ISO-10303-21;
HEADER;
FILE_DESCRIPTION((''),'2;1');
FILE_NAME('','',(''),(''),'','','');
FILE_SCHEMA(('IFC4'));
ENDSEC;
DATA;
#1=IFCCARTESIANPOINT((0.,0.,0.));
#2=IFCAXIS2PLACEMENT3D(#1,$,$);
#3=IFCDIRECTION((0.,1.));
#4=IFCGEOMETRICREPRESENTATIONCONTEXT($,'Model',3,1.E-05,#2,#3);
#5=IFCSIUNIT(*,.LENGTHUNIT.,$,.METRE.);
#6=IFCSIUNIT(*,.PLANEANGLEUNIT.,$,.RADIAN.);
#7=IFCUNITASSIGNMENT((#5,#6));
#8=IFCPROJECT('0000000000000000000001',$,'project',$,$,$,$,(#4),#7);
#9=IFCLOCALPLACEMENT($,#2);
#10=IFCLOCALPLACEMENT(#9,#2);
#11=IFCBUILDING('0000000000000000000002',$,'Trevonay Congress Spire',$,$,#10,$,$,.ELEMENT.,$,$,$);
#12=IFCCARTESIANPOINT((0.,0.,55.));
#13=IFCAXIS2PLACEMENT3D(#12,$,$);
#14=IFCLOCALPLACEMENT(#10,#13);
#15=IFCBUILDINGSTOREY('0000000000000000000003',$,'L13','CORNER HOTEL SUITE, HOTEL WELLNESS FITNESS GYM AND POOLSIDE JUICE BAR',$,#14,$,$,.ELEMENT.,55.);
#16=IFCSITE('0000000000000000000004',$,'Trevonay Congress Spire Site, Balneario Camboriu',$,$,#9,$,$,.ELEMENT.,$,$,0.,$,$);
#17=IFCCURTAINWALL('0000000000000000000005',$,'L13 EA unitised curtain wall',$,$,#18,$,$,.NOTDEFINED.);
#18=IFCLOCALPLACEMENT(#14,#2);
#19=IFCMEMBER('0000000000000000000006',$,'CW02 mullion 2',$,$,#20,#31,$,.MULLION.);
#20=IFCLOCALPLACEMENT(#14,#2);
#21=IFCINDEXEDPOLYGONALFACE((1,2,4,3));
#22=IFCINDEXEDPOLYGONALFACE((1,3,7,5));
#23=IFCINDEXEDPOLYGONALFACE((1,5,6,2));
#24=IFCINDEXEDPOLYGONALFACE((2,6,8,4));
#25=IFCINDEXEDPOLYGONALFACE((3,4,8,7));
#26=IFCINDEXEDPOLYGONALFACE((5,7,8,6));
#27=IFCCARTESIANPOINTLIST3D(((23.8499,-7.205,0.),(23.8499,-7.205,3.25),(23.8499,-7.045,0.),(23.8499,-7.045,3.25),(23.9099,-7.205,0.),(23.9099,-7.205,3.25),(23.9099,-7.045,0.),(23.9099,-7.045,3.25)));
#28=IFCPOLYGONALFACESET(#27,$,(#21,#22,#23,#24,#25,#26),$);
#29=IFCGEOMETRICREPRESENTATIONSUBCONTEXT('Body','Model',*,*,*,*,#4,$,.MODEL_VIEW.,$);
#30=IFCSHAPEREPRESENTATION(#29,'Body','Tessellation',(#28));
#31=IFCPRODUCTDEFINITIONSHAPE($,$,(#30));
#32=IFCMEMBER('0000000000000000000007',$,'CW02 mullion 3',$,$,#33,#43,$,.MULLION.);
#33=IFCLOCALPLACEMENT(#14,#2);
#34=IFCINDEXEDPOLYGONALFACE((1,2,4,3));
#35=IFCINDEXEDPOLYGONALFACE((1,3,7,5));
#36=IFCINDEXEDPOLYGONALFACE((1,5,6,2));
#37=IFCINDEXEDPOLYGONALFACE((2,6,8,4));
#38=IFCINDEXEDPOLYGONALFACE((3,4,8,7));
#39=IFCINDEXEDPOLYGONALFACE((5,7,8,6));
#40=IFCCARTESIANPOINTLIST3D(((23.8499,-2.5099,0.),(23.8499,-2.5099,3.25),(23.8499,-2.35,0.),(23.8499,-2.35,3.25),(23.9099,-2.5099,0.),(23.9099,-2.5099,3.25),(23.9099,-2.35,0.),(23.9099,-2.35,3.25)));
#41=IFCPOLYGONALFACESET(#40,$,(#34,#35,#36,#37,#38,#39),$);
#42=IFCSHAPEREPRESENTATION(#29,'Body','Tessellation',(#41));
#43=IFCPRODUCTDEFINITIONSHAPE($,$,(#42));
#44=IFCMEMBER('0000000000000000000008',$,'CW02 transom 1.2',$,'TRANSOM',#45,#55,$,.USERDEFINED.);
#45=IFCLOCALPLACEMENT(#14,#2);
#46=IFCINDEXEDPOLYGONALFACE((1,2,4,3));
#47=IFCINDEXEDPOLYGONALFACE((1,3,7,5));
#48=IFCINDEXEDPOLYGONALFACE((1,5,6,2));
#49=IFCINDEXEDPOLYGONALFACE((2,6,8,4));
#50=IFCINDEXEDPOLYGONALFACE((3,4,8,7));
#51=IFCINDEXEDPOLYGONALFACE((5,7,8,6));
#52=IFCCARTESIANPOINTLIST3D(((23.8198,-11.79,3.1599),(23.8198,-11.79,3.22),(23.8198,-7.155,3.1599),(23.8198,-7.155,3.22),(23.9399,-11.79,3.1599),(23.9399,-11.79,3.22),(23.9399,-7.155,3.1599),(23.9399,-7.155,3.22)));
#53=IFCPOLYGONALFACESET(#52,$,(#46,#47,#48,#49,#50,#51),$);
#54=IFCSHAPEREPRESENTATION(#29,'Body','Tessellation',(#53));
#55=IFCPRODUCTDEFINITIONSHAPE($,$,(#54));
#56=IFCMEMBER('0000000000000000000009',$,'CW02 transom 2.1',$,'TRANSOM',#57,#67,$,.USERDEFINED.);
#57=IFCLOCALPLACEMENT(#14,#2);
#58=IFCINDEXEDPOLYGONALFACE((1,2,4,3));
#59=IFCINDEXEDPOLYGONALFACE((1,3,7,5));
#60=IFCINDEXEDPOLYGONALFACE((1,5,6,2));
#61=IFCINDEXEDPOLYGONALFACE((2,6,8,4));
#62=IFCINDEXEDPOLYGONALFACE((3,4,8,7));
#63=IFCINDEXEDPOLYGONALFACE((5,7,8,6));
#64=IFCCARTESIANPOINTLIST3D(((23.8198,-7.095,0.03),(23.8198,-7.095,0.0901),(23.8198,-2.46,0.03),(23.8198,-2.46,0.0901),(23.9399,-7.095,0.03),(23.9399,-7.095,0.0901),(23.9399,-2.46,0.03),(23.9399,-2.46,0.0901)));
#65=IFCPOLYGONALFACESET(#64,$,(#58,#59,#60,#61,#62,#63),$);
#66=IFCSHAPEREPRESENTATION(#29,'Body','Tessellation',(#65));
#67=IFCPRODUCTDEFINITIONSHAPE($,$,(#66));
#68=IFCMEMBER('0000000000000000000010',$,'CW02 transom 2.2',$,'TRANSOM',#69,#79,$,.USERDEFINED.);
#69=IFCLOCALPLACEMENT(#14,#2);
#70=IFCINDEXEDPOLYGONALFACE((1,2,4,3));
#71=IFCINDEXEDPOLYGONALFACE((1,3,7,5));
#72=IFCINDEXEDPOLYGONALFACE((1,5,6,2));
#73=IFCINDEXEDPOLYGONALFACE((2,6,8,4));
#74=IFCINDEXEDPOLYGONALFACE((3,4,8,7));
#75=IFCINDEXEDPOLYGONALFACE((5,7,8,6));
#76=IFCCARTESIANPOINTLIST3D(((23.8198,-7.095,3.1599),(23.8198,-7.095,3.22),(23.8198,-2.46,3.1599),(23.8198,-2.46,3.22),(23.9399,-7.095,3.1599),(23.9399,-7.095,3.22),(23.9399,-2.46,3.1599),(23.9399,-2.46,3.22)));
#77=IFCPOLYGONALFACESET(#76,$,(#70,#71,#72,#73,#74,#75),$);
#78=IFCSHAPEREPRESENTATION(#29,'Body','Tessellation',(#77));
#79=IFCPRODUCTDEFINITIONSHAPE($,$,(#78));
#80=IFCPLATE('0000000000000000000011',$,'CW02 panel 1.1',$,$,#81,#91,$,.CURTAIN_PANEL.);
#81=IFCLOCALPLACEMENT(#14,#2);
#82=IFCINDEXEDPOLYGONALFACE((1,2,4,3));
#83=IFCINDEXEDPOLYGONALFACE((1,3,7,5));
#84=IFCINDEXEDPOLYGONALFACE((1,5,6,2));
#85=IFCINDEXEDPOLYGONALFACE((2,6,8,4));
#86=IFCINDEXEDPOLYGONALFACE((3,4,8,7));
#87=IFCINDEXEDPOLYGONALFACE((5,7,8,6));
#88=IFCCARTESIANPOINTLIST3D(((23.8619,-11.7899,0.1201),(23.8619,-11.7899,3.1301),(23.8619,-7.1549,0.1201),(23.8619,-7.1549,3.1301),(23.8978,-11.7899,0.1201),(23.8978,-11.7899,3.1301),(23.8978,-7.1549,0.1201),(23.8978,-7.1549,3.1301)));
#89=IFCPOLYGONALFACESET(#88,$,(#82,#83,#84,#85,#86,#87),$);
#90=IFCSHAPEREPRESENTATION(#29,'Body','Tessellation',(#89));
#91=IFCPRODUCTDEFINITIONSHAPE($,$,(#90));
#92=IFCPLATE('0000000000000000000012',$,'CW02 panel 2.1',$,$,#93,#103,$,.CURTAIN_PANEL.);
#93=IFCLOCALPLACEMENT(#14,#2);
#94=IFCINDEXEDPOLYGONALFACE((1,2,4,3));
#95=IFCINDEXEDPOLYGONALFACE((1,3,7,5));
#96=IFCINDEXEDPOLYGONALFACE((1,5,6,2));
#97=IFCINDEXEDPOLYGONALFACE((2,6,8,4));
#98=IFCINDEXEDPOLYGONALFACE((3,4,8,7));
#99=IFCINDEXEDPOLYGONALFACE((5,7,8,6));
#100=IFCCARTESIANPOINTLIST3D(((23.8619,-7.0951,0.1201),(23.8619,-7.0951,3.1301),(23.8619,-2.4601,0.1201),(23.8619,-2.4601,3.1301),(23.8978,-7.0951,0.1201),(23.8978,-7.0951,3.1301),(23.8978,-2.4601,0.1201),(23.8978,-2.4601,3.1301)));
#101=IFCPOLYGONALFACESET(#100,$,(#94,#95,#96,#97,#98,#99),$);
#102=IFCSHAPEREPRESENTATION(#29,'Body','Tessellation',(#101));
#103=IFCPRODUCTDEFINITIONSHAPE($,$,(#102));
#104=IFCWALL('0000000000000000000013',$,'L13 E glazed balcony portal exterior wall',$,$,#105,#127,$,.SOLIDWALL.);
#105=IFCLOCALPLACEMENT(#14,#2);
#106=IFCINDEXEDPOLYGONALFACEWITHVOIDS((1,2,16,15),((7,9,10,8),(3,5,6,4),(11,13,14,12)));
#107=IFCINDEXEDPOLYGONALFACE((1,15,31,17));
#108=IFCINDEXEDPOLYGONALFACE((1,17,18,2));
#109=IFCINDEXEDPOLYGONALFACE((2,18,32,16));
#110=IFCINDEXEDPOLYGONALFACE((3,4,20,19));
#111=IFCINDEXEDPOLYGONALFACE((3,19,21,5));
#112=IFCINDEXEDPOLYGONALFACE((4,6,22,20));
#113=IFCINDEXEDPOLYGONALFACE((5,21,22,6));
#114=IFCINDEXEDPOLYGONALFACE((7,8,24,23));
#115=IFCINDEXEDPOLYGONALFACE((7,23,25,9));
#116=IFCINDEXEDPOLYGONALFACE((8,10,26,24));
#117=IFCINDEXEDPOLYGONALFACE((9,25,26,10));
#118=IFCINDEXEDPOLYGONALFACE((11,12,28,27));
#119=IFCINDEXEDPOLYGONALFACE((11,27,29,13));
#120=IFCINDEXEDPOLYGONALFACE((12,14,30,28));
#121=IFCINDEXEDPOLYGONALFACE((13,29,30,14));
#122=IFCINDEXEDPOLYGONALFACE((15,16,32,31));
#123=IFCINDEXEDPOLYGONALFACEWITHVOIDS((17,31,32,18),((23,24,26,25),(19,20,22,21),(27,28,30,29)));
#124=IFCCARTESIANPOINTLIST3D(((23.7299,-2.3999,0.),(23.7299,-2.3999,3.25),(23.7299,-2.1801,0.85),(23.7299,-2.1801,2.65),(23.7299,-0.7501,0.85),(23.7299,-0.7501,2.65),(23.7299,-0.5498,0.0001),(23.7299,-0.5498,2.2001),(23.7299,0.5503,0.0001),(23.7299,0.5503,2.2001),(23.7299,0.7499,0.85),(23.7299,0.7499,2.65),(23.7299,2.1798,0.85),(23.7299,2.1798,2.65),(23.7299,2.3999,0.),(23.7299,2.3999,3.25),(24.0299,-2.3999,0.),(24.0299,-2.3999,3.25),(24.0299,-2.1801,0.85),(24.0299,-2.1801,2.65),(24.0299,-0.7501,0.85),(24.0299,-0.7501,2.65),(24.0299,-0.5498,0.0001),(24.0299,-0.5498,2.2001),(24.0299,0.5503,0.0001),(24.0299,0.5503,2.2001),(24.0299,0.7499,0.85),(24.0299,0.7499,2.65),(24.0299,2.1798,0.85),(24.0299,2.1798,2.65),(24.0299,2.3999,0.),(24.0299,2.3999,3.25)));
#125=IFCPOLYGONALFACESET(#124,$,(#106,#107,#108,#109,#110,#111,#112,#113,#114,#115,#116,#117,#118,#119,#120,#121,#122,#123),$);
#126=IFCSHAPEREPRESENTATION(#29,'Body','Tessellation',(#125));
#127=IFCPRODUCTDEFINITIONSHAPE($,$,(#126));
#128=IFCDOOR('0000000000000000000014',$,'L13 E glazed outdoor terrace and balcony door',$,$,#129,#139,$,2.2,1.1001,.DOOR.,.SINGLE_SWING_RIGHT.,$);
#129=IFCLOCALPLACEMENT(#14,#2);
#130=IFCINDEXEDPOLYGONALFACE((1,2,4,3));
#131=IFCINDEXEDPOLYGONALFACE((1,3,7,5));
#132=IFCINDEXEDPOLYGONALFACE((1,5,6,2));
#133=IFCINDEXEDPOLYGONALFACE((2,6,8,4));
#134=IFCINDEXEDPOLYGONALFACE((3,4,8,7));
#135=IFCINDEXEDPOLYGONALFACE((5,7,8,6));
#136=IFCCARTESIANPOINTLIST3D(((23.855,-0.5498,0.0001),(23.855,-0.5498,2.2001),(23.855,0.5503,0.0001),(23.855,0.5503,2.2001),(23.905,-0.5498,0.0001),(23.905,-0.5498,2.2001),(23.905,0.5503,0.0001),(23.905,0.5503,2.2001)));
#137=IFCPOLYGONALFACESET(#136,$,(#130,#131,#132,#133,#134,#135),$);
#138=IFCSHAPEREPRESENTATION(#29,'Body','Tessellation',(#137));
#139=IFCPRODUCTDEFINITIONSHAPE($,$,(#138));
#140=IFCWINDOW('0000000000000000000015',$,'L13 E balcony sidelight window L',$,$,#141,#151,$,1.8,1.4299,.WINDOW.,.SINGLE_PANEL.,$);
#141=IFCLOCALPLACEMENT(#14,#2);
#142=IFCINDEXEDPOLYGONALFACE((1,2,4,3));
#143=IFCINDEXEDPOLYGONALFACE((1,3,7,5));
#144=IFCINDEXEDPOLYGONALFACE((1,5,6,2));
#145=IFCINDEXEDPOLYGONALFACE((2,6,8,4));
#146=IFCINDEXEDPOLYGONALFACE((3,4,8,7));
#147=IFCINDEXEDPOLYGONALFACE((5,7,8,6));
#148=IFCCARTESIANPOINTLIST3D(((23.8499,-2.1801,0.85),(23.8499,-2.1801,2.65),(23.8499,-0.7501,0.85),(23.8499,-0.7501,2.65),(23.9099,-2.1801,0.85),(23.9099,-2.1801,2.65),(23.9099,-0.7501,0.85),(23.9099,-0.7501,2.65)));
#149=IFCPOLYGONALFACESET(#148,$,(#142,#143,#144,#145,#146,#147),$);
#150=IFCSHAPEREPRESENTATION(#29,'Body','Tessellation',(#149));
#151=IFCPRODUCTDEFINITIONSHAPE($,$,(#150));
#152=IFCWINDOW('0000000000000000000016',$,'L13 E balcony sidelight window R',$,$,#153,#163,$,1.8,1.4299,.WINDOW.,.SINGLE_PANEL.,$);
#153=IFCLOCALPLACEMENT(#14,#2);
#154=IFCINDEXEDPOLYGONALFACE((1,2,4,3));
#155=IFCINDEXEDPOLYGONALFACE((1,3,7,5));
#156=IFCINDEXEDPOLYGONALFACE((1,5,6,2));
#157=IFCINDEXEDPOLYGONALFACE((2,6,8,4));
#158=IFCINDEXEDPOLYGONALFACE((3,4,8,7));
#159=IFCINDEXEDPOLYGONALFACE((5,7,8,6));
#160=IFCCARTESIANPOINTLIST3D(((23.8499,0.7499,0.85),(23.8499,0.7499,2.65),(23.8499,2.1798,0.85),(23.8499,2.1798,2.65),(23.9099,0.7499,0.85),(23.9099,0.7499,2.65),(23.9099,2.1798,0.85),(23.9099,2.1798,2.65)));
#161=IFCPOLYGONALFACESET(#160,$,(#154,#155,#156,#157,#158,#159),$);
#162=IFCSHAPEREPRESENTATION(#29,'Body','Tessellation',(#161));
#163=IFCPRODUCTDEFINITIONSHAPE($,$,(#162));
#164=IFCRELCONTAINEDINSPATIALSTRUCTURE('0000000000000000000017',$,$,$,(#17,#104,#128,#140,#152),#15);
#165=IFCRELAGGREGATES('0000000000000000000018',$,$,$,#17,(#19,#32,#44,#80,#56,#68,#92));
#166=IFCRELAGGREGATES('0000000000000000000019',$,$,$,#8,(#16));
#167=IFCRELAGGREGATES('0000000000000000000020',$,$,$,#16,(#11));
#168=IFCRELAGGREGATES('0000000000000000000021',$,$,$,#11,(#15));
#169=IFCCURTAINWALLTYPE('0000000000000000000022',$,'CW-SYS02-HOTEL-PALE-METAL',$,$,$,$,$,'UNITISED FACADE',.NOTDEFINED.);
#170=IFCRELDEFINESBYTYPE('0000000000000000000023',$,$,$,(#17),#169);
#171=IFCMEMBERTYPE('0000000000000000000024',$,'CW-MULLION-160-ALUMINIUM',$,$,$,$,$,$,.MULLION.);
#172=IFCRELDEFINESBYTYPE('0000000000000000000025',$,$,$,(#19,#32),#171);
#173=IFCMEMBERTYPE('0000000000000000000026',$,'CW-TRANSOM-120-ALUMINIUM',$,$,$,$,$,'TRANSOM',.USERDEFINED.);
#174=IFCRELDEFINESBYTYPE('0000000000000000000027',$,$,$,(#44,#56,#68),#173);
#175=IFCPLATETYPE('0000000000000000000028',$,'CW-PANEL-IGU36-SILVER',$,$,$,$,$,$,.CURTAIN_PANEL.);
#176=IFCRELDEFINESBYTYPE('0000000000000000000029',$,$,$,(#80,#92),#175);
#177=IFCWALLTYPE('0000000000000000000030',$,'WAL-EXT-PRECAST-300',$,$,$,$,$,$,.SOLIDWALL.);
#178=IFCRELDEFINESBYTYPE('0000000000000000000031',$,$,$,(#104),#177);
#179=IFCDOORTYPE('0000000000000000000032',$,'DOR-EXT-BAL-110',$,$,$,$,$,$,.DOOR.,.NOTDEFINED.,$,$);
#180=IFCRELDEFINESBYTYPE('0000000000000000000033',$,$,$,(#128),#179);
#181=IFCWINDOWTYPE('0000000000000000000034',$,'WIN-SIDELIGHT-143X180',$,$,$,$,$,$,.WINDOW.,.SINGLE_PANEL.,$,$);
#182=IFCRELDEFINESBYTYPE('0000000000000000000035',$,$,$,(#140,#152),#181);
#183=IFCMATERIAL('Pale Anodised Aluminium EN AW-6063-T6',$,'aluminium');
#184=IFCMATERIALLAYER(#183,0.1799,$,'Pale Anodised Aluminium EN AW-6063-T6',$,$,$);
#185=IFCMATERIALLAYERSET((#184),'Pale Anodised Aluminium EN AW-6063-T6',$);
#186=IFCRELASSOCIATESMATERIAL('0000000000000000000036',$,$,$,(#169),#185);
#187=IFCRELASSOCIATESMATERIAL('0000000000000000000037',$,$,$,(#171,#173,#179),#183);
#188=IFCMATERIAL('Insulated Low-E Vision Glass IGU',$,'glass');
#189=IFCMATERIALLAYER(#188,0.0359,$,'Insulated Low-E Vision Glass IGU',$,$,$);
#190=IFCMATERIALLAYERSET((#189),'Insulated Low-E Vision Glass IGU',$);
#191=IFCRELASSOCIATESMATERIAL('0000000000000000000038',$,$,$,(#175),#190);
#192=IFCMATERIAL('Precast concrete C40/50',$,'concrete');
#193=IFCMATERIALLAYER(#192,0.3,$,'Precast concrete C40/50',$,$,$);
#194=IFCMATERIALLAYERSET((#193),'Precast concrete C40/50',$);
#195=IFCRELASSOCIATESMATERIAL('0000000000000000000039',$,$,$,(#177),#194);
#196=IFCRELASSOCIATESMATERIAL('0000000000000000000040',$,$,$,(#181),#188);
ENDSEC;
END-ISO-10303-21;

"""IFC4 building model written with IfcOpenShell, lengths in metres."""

from ifc_helpers import new_model, si_unit, direction, frame, frame_2d, origin, origin_2d, place, context, subcontext, project, spatial, rectangle, extrude, material, layer, layer_set, material_profile, profile_set, type_object, element, fill, aggregate, save


model = new_model("IFC4")

# Units and contexts
model_context = context("Model", 3, precision=1e-05, world=origin(), true_north=direction((0.0, 1.0)))
body_context = subcontext(model_context, "Body", "Model", "MODEL_VIEW")
ifc_project = project(units=[si_unit("LENGTHUNIT", "METRE"), si_unit("PLANEANGLEUNIT", "RADIAN")], contexts=[model_context])

# Site, building, storey
site_placement = place(None, origin())
site = spatial("IfcSite", under=ifc_project, at=site_placement, Name="Trevonay Congress Spire Site, Balneario Camboriu", CompositionType="ELEMENT", RefElevation=0.0)
building_placement = place(site_placement, origin())
building = spatial("IfcBuilding", under=site, at=building_placement, Name="Trevonay Congress Spire", CompositionType="ELEMENT")
storey_placement = place(building_placement, frame((0.0, 0.0, 55.0)))
storey = spatial("IfcBuildingStorey", under=building, at=storey_placement, Name="L13", Description="CORNER HOTEL SUITE, HOTEL WELLNESS FITNESS GYM AND POOLSIDE JUICE BAR", CompositionType="ELEMENT", Elevation=55.0)

# Curtain wall, members, plates
ifc_material_1 = material(Name="Pale Anodised Aluminium EN AW-6063-T6", Category="aluminium")
ifc_layer_1 = layer(ifc_material_1, 0.1799, Name="Pale Anodised Aluminium EN AW-6063-T6")
ifc_layer_set_1 = layer_set([ifc_layer_1], Name="Pale Anodised Aluminium EN AW-6063-T6")
curtain_wall_type = type_object("IfcCurtainWallType", Name="CW-SYS02-HOTEL-PALE-METAL", ElementType="UNITISED FACADE", PredefinedType="NOTDEFINED", material=ifc_layer_set_1)
curtain_wall_placement = place(storey_placement, origin())
curtain_wall = element("IfcCurtainWall", 1, at=curtain_wall_placement, inside=storey, type_object=curtain_wall_type, Name="L13 EA unitised curtain wall", PredefinedType="NOTDEFINED")
ifc_material_profile_1 = material_profile(ifc_material_1, rectangle(XDim=0.0601, YDim=0.1599, at=origin_2d()), Name="CW-MULLION-160-ALUMINIUM")
ifc_profile_set_1 = profile_set([ifc_material_profile_1], Name="Pale Anodised Aluminium EN AW-6063-T6")
member_type_1 = type_object("IfcMemberType", Name="CW-MULLION-160-ALUMINIUM", PredefinedType="MULLION", material=ifc_profile_set_1)
member_1_placement = place(storey_placement, frame((23.8799, -7.125, 0.0), z_axis=(0.0, 0.0, 1.0), x_axis=(-1.0, 0.0, 0.0)))
member_1 = element("IfcMember", 2, at=member_1_placement, type_object=member_type_1, Name="CW02 mullion 2", PredefinedType="MULLION", context=body_context, shape_type="SweptSolid", body=[
    extrude(rectangle(XDim=0.0601, YDim=0.1599, at=origin_2d()), origin(), (0.0, 0.0, 1.0), 3.25),
])
member_2_placement = place(storey_placement, frame((23.8799, -2.4299, 0.0), z_axis=(0.0, 0.0, 1.0), x_axis=(-1.0, 0.0, 0.0)))
member_2 = element("IfcMember", 3, at=member_2_placement, type_object=member_type_1, Name="CW02 mullion 3", PredefinedType="MULLION", context=body_context, shape_type="SweptSolid", body=[
    extrude(rectangle(XDim=0.0601, YDim=0.1599, at=origin_2d()), origin(), (0.0, 0.0, 1.0), 3.25),
])
ifc_material_profile_2 = material_profile(ifc_material_1, rectangle(XDim=0.1201, YDim=0.0601, at=origin_2d()), Name="CW-TRANSOM-120-ALUMINIUM")
ifc_profile_set_2 = profile_set([ifc_material_profile_2], Name="Pale Anodised Aluminium EN AW-6063-T6")
member_type_2 = type_object("IfcMemberType", Name="CW-TRANSOM-120-ALUMINIUM", ElementType="TRANSOM", PredefinedType="USERDEFINED", material=ifc_profile_set_2)
member_3_placement = place(storey_placement, frame((23.8799, -11.79, 3.1899), z_axis=(0.0, 1.0, 0.0), x_axis=(-1.0, 0.0, 0.0)))
member_3 = element("IfcMember", 4, at=member_3_placement, type_object=member_type_2, Name="CW02 transom 1.2", ObjectType="TRANSOM", PredefinedType="USERDEFINED", context=body_context, shape_type="SweptSolid", body=[
    extrude(rectangle(XDim=0.1201, YDim=0.0601, at=origin_2d()), origin(), (0.0, 0.0, 1.0), 4.635),
])
member_4_placement = place(storey_placement, frame((23.8799, -7.095, 0.0601), z_axis=(0.0, 1.0, 0.0), x_axis=(-1.0, 0.0, 0.0)))
member_4 = element("IfcMember", 5, at=member_4_placement, type_object=member_type_2, Name="CW02 transom 2.1", ObjectType="TRANSOM", PredefinedType="USERDEFINED", context=body_context, shape_type="SweptSolid", body=[
    extrude(rectangle(XDim=0.1201, YDim=0.0601, at=origin_2d()), origin(), (0.0, 0.0, 1.0), 4.635),
])
member_5_placement = place(storey_placement, frame((23.8799, -7.095, 3.1899), z_axis=(0.0, 1.0, 0.0), x_axis=(-1.0, 0.0, 0.0)))
member_5 = element("IfcMember", 6, at=member_5_placement, type_object=member_type_2, Name="CW02 transom 2.2", ObjectType="TRANSOM", PredefinedType="USERDEFINED", context=body_context, shape_type="SweptSolid", body=[
    extrude(rectangle(XDim=0.1201, YDim=0.0601, at=origin_2d()), origin(), (0.0, 0.0, 1.0), 4.635),
])
ifc_material_2 = material(Name="Insulated Low-E Vision Glass IGU", Category="glass")
ifc_layer_2 = layer(ifc_material_2, 0.0359, Name="Insulated Low-E Vision Glass IGU")
ifc_layer_set_2 = layer_set([ifc_layer_2], Name="Insulated Low-E Vision Glass IGU")
plate_type = type_object("IfcPlateType", Name="CW-PANEL-IGU36-SILVER", PredefinedType="CURTAIN_PANEL", material=ifc_layer_set_2)
plate_1_placement = place(storey_placement, frame((23.8799, -9.4724, 0.1201), z_axis=(0.0, 0.0, 1.0), x_axis=(0.0, 1.0, 0.0)))
plate_1 = element("IfcPlate", 7, at=plate_1_placement, type_object=plate_type, Name="CW02 panel 1.1", PredefinedType="CURTAIN_PANEL", context=body_context, shape_type="SweptSolid", body=[
    extrude(rectangle(XDim=4.635, YDim=0.0359, at=origin_2d()), origin(), (0.0, 0.0, 1.0), 3.01),
])
plate_2_placement = place(storey_placement, frame((23.8799, -4.7776, 0.1201), z_axis=(0.0, 0.0, 1.0), x_axis=(0.0, 1.0, 0.0)))
plate_2 = element("IfcPlate", 8, at=plate_2_placement, type_object=plate_type, Name="CW02 panel 2.1", PredefinedType="CURTAIN_PANEL", context=body_context, shape_type="SweptSolid", body=[
    extrude(rectangle(XDim=4.635, YDim=0.0359, at=origin_2d()), origin(), (0.0, 0.0, 1.0), 3.01),
])
aggregate(curtain_wall, [member_1, member_2, member_3, plate_1, member_4, member_5, plate_2])

# Wall, openings, door, windows
ifc_material_3 = material(Name="Precast concrete C40/50", Category="concrete")
ifc_layer_3 = layer(ifc_material_3, 0.3, Name="Precast concrete C40/50")
ifc_layer_set_3 = layer_set([ifc_layer_3], Name="Precast concrete C40/50")
wall_type = type_object("IfcWallType", Name="WAL-EXT-PRECAST-300", PredefinedType="SOLIDWALL", material=ifc_layer_set_3)
wall_placement = place(storey_placement, frame((23.8799, -2.3999, 0.0), z_axis=(0.0, 0.0, 1.0), x_axis=(0.0, 1.0, 0.0)))
wall = element("IfcWall", 9, at=wall_placement, inside=storey, type_object=wall_type, Name="L13 E glazed balcony portal exterior wall", PredefinedType="SOLIDWALL", context=body_context, shape_type="SweptSolid", body=[
    extrude(rectangle(XDim=4.7998, YDim=0.3, at=frame_2d((2.3999, 0.0))), origin(), (0.0, 0.0, 1.0), 3.25),
])
opening_1_placement = place(wall_placement, frame((1.8501, 0.0, 0.0)))
opening_1 = element("IfcOpeningElement", 10, at=opening_1_placement, cuts=wall, PredefinedType="OPENING", context=body_context, shape_type="SweptSolid", body=[
    extrude(rectangle(XDim=1.1001, YDim=2.2, at=frame_2d((0.55, 1.1001))), frame((0.0, 0.1602, 0.0), z_axis=(0.0, -1.0, 0.0), x_axis=(1.0, 0.0, 0.0)), (0.0, 0.0, 1.0), 0.3201),
])
opening_2_placement = place(wall_placement, frame((0.22, 0.0, 0.8501)))
opening_2 = element("IfcOpeningElement", 11, at=opening_2_placement, cuts=wall, PredefinedType="OPENING", context=body_context, shape_type="SweptSolid", body=[
    extrude(rectangle(XDim=1.4299, YDim=1.8, at=frame_2d((0.7148, 0.8999))), frame((0.0, 0.1602, 0.0), z_axis=(0.0, -1.0, 0.0), x_axis=(1.0, 0.0, 0.0)), (0.0, 0.0, 1.0), 0.3201),
])
opening_3_placement = place(wall_placement, frame((3.1499, 0.0, 0.8501)))
opening_3 = element("IfcOpeningElement", 12, at=opening_3_placement, cuts=wall, PredefinedType="OPENING", context=body_context, shape_type="SweptSolid", body=[
    extrude(rectangle(XDim=1.4299, YDim=1.8, at=frame_2d((0.7148, 0.8999))), frame((0.0, 0.1602, 0.0), z_axis=(0.0, -1.0, 0.0), x_axis=(1.0, 0.0, 0.0)), (0.0, 0.0, 1.0), 0.3201),
])
door_type = type_object("IfcDoorType", Name="DOR-EXT-BAL-110", OperationType="NOTDEFINED", PredefinedType="DOOR", material=ifc_material_1)
door_placement = place(opening_1_placement, origin())
door = element("IfcDoor", 13, at=door_placement, inside=storey, type_object=door_type, Name="L13 E glazed outdoor terrace and balcony door", OperationType="SINGLE_SWING_RIGHT", OverallHeight=2.2, OverallWidth=1.1001, PredefinedType="DOOR", context=body_context, shape_type="SweptSolid", body=[
    extrude(rectangle(XDim=1.1001, YDim=2.2, at=frame_2d((0.55, 1.1001))), frame((0.0, 0.0249, 0.0), z_axis=(0.0, -1.0, 0.0), x_axis=(1.0, 0.0, 0.0)), (0.0, 0.0, 1.0), 0.05),
])
fill(opening_1, door)
window_type = type_object("IfcWindowType", Name="WIN-SIDELIGHT-143X180", PartitioningType="SINGLE_PANEL", PredefinedType="WINDOW", material=ifc_material_2)
window_1_placement = place(opening_2_placement, origin())
window_1 = element("IfcWindow", 14, at=window_1_placement, inside=storey, type_object=window_type, Name="L13 E balcony sidelight window L", OverallHeight=1.8, OverallWidth=1.4299, PartitioningType="SINGLE_PANEL", PredefinedType="WINDOW", context=body_context, shape_type="SweptSolid", body=[
    extrude(rectangle(XDim=1.4299, YDim=1.8, at=frame_2d((0.7148, 0.8999))), frame((0.0, 0.03, 0.0), z_axis=(0.0, -1.0, 0.0), x_axis=(1.0, 0.0, 0.0)), (0.0, 0.0, 1.0), 0.0601),
])
fill(opening_2, window_1)
window_2_placement = place(opening_3_placement, origin())
window_2 = element("IfcWindow", 15, at=window_2_placement, inside=storey, type_object=window_type, Name="L13 E balcony sidelight window R", OverallHeight=1.8, OverallWidth=1.4299, PartitioningType="SINGLE_PANEL", PredefinedType="WINDOW", context=body_context, shape_type="SweptSolid", body=[
    extrude(rectangle(XDim=1.4299, YDim=1.8, at=frame_2d((0.7148, 0.8999))), frame((0.0, 0.03, 0.0), z_axis=(0.0, -1.0, 0.0), x_axis=(1.0, 0.0, 0.0)), (0.0, 0.0, 1.0), 0.0601),
])
fill(opening_3, window_2)

save(model, "model.ifc")
